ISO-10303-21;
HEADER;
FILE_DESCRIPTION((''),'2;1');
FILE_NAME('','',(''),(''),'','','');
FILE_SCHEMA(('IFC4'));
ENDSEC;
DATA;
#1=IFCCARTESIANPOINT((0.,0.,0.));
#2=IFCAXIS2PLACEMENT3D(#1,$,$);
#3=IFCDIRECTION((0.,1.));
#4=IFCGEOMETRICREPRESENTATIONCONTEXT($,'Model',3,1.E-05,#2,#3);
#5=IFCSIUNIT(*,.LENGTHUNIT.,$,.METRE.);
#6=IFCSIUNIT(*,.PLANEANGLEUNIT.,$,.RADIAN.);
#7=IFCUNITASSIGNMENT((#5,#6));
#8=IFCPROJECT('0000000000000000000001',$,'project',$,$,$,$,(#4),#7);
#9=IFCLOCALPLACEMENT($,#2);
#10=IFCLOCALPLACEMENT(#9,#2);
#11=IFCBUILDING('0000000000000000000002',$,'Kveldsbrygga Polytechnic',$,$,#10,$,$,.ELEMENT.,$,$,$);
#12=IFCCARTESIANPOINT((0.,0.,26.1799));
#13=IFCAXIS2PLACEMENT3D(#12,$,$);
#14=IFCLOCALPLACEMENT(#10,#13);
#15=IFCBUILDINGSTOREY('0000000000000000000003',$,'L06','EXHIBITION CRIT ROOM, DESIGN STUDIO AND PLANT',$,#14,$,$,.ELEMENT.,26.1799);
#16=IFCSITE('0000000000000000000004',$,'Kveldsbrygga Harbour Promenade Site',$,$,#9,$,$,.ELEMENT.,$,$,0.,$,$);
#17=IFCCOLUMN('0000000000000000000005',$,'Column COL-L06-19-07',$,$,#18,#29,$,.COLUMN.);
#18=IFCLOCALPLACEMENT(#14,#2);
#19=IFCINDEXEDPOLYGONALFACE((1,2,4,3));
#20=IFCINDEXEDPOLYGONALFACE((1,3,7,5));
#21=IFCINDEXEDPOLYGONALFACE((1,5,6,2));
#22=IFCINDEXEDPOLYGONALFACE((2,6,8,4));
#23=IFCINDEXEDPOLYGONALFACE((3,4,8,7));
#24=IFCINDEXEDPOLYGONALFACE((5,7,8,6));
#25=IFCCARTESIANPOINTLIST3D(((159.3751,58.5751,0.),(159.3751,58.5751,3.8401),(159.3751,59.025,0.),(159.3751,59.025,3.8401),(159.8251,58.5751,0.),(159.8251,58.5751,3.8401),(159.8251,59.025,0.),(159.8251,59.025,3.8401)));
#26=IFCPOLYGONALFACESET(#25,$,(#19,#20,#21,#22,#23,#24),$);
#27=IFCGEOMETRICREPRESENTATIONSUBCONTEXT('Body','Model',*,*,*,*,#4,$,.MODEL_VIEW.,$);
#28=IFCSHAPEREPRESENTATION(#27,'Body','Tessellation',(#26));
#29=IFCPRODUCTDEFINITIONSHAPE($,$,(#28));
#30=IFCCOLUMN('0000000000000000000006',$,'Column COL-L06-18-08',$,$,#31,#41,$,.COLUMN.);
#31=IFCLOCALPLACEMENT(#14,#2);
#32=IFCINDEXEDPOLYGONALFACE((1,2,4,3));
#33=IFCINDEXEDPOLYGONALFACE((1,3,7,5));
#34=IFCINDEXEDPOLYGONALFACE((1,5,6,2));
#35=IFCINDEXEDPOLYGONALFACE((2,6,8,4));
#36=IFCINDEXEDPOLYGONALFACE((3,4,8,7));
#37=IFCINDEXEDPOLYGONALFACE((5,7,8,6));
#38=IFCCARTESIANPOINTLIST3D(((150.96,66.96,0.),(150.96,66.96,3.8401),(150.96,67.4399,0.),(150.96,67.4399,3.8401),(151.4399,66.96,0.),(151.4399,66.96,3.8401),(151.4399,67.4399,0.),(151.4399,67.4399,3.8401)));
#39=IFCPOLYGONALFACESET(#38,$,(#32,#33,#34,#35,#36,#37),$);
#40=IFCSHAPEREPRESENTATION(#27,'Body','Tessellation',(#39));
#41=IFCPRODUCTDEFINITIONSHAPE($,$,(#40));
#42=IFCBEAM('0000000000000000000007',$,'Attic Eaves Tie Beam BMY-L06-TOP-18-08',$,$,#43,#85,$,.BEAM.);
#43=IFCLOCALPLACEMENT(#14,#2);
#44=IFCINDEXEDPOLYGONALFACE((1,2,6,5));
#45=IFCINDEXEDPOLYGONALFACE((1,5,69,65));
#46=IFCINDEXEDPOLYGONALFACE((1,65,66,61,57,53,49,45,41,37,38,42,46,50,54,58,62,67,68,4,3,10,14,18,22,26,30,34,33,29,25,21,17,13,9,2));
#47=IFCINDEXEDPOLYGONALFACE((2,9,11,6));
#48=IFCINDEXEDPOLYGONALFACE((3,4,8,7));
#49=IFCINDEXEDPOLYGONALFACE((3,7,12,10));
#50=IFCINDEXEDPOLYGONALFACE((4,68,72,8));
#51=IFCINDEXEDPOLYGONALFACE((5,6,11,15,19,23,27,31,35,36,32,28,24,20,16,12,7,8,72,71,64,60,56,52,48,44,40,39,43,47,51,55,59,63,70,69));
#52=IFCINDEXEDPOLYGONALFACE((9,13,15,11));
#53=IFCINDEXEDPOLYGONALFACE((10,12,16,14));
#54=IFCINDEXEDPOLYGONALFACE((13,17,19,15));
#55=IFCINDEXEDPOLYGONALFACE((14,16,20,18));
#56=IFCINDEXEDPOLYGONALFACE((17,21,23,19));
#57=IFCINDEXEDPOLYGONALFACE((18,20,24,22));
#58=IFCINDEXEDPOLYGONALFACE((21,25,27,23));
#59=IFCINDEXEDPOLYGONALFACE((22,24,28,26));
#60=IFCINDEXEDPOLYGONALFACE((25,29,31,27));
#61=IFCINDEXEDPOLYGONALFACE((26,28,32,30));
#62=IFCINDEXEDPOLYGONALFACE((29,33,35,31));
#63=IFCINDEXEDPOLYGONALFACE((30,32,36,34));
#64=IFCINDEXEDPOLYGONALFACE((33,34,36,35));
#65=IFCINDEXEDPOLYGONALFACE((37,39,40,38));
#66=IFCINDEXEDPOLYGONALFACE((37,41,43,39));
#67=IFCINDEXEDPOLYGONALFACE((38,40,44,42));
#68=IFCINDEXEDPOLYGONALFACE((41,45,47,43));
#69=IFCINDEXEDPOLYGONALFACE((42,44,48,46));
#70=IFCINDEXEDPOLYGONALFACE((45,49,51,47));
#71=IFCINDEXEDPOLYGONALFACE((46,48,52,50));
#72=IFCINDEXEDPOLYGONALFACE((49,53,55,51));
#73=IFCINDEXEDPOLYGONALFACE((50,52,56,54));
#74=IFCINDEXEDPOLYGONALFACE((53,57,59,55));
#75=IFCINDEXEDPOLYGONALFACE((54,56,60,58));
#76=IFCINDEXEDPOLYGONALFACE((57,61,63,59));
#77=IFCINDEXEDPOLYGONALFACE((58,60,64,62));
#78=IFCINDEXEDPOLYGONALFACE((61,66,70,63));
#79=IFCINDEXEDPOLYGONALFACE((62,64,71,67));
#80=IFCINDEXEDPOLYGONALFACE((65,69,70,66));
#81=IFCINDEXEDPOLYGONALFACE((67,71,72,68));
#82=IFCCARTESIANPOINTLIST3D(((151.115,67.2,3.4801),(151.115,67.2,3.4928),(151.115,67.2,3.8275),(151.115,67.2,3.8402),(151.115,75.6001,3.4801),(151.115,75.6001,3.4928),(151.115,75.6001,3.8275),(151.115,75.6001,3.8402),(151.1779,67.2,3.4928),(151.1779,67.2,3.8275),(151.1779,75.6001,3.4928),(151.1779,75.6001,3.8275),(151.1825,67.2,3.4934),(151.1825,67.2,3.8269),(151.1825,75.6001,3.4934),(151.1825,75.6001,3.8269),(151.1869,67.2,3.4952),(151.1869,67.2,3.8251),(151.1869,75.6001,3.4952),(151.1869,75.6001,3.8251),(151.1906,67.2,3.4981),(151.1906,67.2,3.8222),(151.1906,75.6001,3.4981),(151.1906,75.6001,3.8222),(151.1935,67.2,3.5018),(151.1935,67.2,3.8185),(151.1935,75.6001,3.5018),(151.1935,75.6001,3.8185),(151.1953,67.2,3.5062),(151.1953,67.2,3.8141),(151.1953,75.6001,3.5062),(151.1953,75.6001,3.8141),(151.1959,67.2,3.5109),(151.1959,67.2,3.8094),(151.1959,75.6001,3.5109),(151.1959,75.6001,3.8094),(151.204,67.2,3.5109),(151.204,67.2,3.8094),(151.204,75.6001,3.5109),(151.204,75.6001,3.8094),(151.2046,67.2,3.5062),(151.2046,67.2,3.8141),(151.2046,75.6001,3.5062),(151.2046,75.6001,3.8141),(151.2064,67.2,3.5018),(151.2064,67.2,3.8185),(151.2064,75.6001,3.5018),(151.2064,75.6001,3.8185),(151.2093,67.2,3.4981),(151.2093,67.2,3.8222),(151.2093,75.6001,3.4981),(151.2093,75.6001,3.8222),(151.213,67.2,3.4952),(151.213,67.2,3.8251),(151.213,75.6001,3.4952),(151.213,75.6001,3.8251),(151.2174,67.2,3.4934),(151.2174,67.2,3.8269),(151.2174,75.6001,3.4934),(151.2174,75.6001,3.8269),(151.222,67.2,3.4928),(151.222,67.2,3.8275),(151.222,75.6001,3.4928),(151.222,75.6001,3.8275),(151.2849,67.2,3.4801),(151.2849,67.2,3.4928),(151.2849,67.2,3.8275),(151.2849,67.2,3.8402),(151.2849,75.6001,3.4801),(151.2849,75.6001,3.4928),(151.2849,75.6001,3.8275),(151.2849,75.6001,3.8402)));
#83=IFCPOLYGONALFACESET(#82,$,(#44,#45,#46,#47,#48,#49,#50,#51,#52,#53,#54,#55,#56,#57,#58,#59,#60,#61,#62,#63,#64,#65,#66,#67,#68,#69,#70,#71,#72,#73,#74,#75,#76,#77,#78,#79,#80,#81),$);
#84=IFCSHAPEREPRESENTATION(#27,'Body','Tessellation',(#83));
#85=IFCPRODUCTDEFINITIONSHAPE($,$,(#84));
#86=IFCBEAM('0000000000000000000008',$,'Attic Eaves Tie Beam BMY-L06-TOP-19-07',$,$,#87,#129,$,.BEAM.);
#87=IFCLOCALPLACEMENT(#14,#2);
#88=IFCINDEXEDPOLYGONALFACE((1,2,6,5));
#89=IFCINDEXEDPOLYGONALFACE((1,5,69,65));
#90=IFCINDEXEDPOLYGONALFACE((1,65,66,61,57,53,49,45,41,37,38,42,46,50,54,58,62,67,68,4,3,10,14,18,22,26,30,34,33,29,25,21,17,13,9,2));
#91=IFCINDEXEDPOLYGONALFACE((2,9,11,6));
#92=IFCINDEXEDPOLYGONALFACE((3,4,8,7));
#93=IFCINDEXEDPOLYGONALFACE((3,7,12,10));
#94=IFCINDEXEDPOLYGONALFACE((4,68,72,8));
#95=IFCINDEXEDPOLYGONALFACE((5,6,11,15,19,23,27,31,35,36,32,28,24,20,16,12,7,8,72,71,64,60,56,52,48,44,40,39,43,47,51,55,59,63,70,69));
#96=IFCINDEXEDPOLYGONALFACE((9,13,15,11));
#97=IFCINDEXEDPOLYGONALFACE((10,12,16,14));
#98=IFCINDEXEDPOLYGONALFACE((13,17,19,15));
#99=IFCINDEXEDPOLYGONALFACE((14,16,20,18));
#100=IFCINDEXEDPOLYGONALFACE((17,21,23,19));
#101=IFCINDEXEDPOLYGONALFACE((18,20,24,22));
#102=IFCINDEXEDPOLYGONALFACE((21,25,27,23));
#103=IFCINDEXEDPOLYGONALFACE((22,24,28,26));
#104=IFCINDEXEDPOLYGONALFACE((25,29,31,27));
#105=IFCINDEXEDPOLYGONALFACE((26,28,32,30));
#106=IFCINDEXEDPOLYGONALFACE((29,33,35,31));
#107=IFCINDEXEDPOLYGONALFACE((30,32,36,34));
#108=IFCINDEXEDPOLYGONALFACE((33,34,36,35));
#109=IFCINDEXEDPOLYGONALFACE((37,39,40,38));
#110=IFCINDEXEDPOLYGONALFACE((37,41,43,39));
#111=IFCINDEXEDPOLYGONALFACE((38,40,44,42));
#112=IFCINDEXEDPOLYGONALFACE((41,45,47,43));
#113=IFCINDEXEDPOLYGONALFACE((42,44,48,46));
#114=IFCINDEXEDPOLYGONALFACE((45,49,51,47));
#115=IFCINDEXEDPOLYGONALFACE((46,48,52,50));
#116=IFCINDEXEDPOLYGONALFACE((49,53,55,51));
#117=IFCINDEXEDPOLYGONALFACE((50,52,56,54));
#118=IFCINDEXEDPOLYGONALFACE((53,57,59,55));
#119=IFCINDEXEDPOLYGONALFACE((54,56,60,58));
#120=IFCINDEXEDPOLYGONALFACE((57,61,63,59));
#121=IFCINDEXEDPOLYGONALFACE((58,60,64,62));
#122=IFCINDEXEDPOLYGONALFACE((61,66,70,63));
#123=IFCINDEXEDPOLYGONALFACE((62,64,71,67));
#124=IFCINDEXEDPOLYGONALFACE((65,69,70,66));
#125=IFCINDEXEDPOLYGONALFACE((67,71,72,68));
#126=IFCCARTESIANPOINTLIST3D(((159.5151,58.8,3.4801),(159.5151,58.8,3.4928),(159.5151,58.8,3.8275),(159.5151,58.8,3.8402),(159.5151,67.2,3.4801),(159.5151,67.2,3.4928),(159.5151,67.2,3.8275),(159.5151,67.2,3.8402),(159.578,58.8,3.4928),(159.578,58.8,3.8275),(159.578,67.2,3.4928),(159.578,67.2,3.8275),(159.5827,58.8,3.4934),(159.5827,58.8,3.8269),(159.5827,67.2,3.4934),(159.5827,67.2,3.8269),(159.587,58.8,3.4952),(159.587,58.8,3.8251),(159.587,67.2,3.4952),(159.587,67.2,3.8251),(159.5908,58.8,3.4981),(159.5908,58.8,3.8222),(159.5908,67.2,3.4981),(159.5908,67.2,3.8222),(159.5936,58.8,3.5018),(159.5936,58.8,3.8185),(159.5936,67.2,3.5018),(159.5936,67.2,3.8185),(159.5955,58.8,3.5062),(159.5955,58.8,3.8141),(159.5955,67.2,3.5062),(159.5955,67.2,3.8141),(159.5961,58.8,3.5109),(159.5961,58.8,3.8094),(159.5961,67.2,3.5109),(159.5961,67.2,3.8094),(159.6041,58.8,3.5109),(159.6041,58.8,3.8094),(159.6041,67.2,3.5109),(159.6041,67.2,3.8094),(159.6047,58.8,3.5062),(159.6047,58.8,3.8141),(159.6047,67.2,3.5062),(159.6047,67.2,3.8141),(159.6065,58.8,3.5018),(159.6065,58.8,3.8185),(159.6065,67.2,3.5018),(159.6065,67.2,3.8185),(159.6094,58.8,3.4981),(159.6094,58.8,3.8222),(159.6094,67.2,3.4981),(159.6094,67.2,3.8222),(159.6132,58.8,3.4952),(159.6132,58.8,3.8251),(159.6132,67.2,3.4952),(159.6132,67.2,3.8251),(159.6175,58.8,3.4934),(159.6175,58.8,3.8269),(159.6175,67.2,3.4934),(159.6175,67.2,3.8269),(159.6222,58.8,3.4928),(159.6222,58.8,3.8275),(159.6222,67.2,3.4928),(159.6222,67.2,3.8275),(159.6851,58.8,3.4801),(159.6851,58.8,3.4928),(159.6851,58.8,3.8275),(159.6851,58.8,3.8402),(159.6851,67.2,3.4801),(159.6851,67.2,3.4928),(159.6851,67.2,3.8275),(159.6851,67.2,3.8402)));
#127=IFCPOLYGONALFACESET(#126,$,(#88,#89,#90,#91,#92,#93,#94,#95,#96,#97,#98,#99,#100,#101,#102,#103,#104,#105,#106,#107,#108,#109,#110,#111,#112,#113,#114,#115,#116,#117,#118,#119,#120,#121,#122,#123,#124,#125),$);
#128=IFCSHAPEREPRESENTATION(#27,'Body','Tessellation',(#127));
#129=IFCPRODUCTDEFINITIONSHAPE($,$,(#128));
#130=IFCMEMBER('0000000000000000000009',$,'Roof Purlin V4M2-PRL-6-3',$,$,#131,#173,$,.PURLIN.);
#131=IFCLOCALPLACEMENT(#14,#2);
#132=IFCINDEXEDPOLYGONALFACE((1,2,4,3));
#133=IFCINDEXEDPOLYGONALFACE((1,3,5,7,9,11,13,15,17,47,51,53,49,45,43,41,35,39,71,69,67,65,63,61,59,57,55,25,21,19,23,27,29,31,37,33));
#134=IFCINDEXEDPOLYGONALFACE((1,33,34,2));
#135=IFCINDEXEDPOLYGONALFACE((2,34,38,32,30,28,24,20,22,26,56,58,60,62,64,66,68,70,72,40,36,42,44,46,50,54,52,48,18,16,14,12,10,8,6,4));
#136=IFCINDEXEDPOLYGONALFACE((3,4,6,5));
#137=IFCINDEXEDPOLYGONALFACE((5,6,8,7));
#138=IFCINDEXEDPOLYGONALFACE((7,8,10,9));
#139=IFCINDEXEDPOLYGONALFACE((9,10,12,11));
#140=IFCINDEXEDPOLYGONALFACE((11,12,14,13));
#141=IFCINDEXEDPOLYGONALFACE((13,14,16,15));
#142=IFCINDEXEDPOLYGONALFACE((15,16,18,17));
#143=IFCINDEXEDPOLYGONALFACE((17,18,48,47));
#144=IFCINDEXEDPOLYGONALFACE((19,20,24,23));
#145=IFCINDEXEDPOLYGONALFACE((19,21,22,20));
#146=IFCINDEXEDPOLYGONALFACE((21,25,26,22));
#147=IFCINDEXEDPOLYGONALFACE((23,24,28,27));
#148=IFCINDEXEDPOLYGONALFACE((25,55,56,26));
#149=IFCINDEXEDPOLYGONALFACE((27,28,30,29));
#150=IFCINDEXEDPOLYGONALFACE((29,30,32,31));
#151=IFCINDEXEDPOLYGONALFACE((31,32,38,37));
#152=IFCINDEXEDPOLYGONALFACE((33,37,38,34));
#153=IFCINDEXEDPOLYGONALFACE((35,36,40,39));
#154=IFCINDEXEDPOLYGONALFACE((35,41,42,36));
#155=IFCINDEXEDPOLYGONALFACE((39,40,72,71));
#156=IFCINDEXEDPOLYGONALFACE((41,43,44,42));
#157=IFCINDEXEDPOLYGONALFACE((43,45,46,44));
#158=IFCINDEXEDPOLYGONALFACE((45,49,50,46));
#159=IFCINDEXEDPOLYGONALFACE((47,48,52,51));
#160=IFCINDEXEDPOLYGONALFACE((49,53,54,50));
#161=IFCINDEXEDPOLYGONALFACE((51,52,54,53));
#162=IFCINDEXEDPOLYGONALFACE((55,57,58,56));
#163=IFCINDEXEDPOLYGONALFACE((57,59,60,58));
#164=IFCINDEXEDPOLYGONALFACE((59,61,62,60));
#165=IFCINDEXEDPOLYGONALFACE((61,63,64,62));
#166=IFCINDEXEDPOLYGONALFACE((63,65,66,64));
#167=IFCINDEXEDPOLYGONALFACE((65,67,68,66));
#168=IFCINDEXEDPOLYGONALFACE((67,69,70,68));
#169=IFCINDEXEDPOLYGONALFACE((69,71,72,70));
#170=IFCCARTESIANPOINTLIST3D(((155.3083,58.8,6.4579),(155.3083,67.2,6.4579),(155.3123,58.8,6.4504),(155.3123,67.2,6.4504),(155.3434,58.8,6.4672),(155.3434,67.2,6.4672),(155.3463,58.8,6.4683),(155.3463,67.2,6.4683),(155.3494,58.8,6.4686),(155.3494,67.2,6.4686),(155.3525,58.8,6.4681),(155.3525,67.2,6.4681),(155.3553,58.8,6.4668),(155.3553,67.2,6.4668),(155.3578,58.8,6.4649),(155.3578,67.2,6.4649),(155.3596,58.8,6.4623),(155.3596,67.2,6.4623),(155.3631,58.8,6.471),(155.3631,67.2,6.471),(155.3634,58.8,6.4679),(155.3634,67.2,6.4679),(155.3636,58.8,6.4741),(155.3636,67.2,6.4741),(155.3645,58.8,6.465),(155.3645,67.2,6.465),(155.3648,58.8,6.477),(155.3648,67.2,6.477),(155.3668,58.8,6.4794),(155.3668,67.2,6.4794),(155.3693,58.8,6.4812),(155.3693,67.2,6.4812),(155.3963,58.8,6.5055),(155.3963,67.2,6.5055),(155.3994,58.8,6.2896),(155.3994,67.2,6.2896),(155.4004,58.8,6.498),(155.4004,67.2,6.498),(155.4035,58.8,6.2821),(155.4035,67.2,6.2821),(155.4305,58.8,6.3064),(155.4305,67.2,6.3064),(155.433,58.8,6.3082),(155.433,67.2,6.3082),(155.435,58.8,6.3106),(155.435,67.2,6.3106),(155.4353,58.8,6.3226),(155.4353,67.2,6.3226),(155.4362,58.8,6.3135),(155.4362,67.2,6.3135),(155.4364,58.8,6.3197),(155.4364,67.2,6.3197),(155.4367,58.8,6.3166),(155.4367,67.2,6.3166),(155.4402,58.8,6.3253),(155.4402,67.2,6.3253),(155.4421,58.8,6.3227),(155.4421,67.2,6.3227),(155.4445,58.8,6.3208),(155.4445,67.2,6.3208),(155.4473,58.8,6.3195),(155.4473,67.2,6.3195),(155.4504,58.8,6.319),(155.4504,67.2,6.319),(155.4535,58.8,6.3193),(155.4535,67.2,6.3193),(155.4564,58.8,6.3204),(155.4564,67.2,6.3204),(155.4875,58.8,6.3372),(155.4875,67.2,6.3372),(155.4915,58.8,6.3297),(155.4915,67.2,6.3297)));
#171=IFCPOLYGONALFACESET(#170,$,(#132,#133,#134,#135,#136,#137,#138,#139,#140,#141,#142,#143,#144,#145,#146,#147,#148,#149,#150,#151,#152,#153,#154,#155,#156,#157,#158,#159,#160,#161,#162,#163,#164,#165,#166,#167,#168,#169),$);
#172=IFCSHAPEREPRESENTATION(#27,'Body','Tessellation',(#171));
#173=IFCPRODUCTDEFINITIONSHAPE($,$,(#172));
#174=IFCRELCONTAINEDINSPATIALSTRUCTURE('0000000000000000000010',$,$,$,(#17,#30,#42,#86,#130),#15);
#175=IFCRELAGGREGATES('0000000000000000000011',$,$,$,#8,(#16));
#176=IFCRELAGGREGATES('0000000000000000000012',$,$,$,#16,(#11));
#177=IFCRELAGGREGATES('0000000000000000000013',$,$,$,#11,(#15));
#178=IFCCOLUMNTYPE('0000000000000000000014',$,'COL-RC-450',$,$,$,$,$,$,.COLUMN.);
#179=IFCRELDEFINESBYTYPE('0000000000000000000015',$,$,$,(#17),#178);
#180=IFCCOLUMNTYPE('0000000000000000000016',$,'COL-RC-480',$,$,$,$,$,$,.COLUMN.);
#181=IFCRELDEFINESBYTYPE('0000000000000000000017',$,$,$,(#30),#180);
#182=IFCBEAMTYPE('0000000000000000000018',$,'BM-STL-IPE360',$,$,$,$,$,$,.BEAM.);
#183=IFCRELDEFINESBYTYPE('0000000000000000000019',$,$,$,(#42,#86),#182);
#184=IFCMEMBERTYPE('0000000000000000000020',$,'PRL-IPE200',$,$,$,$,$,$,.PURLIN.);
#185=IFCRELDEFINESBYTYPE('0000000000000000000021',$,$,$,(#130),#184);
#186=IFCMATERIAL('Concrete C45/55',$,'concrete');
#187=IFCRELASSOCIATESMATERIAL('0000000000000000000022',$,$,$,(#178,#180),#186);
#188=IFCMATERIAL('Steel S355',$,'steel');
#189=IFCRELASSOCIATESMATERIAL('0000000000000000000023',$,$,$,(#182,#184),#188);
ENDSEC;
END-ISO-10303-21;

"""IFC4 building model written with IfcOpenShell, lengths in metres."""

from ifc_helpers import new_model, si_unit, direction, frame, origin, origin_2d, place, context, subcontext, project, spatial, rectangle, i_section, extrude, material, material_profile, profile_set, type_object, element, save


model = new_model("IFC4")

# Units and contexts
model_context = context("Model", 3, precision=1e-05, world=origin(), true_north=direction((0.0, 1.0)))
body_context = subcontext(model_context, "Body", "Model", "MODEL_VIEW")
ifc_project = project(units=[si_unit("LENGTHUNIT", "METRE"), si_unit("PLANEANGLEUNIT", "RADIAN")], contexts=[model_context])

# Site, building, storey
site_placement = place(None, origin())
site = spatial("IfcSite", under=ifc_project, at=site_placement, Name="Kveldsbrygga Harbour Promenade Site", CompositionType="ELEMENT", RefElevation=0.0)
building_placement = place(site_placement, origin())
building = spatial("IfcBuilding", under=site, at=building_placement, Name="Kveldsbrygga Polytechnic", CompositionType="ELEMENT")
storey_placement = place(building_placement, frame((0.0, 0.0, 26.1799)))
storey = spatial("IfcBuildingStorey", under=building, at=storey_placement, Name="L06", Description="EXHIBITION CRIT ROOM, DESIGN STUDIO AND PLANT", CompositionType="ELEMENT", Elevation=26.1799)

# Columns
ifc_material_1 = material(Name="Concrete C45/55", Category="concrete")
ifc_material_profile_1 = material_profile(ifc_material_1, rectangle(XDim=0.45, YDim=0.45, at=origin_2d()), Name="RC 450x450")
ifc_profile_set_1 = profile_set([ifc_material_profile_1], Name="Concrete C45/55")
column_type_1 = type_object("IfcColumnType", Name="COL-RC-450", PredefinedType="COLUMN", material=ifc_profile_set_1)
column_1_placement = place(storey_placement, frame((159.6001, 58.8, 0.0), z_axis=(0.0, 0.0, 1.0), x_axis=(1.0, 0.0, 0.0)))
element("IfcColumn", 1, at=column_1_placement, inside=storey, type_object=column_type_1, Name="Column COL-L06-19-07", PredefinedType="COLUMN", context=body_context, shape_type="SweptSolid", body=[
    extrude(rectangle(XDim=0.45, YDim=0.45, at=origin_2d()), origin(), (0.0, 0.0, 1.0), 3.8401),
])
ifc_material_profile_2 = material_profile(ifc_material_1, rectangle(XDim=0.48, YDim=0.48, at=origin_2d()), Name="RC 480x480")
ifc_profile_set_2 = profile_set([ifc_material_profile_2], Name="Concrete C45/55")
column_type_2 = type_object("IfcColumnType", Name="COL-RC-480", PredefinedType="COLUMN", material=ifc_profile_set_2)
column_2_placement = place(storey_placement, frame((151.2, 67.2, 0.0), z_axis=(0.0, 0.0, 1.0), x_axis=(1.0, 0.0, 0.0)))
element("IfcColumn", 2, at=column_2_placement, inside=storey, type_object=column_type_2, Name="Column COL-L06-18-08", PredefinedType="COLUMN", context=body_context, shape_type="SweptSolid", body=[
    extrude(rectangle(XDim=0.48, YDim=0.48, at=origin_2d()), origin(), (0.0, 0.0, 1.0), 3.8401),
])

# Beams
ifc_material_2 = material(Name="Steel S355", Category="steel")
ifc_material_profile_3 = material_profile(ifc_material_2, i_section(OverallWidth=0.1699, OverallDepth=0.3601, WebThickness=0.0081, FlangeThickness=0.0127, FilletRadius=0.0181, at=origin_2d()), Name="IPE 360")
ifc_profile_set_3 = profile_set([ifc_material_profile_3], Name="Steel S355")
beam_type = type_object("IfcBeamType", Name="BM-STL-IPE360", PredefinedType="BEAM", material=ifc_profile_set_3)
beam_1_placement = place(storey_placement, frame((151.2, 67.2, 3.6602), z_axis=(0.0, 1.0, 0.0), x_axis=(-1.0, 0.0, 0.0)))
element("IfcBeam", 3, at=beam_1_placement, inside=storey, type_object=beam_type, Name="Attic Eaves Tie Beam BMY-L06-TOP-18-08", PredefinedType="BEAM", context=body_context, shape_type="SweptSolid", body=[
    extrude(i_section(OverallWidth=0.1699, OverallDepth=0.3601, WebThickness=0.0081, FlangeThickness=0.0127, FilletRadius=0.0181, at=origin_2d()), origin(), (0.0, 0.0, 1.0), 8.4001),
])
beam_2_placement = place(storey_placement, frame((159.6001, 58.8, 3.6602), z_axis=(0.0, 1.0, 0.0), x_axis=(-1.0, 0.0, 0.0)))
element("IfcBeam", 4, at=beam_2_placement, inside=storey, type_object=beam_type, Name="Attic Eaves Tie Beam BMY-L06-TOP-19-07", PredefinedType="BEAM", context=body_context, shape_type="SweptSolid", body=[
    extrude(i_section(OverallWidth=0.1699, OverallDepth=0.3601, WebThickness=0.0081, FlangeThickness=0.0127, FilletRadius=0.0181, at=origin_2d()), origin(), (0.0, 0.0, 1.0), 8.3999),
])

# Member
ifc_material_profile_4 = material_profile(ifc_material_2, i_section(OverallWidth=0.1001, OverallDepth=0.2, WebThickness=0.0056, FlangeThickness=0.0085, FilletRadius=0.012, at=origin_2d()), Name="IPE 200")
ifc_profile_set_4 = profile_set([ifc_material_profile_4], Name="Steel S355")
member_type_1 = type_object("IfcMemberType", Name="PRL-IPE200", PredefinedType="PURLIN", material=ifc_profile_set_4)
member_1_placement = place(storey_placement, frame((155.3999, 58.8, 6.3938), z_axis=(0.0, 1.0, 0.0), x_axis=(-0.879292, 0.0, -0.476283)))
element("IfcMember", 5, at=member_1_placement, inside=storey, type_object=member_type_1, Name="Roof Purlin V4M2-PRL-6-3", PredefinedType="PURLIN", context=body_context, shape_type="SweptSolid", body=[
    extrude(i_section(OverallWidth=0.1001, OverallDepth=0.2, WebThickness=0.0056, FlangeThickness=0.0085, FilletRadius=0.012, at=origin_2d()), origin(), (0.0, 0.0, 1.0), 8.3999),
])

save(model, "model.ifc")
